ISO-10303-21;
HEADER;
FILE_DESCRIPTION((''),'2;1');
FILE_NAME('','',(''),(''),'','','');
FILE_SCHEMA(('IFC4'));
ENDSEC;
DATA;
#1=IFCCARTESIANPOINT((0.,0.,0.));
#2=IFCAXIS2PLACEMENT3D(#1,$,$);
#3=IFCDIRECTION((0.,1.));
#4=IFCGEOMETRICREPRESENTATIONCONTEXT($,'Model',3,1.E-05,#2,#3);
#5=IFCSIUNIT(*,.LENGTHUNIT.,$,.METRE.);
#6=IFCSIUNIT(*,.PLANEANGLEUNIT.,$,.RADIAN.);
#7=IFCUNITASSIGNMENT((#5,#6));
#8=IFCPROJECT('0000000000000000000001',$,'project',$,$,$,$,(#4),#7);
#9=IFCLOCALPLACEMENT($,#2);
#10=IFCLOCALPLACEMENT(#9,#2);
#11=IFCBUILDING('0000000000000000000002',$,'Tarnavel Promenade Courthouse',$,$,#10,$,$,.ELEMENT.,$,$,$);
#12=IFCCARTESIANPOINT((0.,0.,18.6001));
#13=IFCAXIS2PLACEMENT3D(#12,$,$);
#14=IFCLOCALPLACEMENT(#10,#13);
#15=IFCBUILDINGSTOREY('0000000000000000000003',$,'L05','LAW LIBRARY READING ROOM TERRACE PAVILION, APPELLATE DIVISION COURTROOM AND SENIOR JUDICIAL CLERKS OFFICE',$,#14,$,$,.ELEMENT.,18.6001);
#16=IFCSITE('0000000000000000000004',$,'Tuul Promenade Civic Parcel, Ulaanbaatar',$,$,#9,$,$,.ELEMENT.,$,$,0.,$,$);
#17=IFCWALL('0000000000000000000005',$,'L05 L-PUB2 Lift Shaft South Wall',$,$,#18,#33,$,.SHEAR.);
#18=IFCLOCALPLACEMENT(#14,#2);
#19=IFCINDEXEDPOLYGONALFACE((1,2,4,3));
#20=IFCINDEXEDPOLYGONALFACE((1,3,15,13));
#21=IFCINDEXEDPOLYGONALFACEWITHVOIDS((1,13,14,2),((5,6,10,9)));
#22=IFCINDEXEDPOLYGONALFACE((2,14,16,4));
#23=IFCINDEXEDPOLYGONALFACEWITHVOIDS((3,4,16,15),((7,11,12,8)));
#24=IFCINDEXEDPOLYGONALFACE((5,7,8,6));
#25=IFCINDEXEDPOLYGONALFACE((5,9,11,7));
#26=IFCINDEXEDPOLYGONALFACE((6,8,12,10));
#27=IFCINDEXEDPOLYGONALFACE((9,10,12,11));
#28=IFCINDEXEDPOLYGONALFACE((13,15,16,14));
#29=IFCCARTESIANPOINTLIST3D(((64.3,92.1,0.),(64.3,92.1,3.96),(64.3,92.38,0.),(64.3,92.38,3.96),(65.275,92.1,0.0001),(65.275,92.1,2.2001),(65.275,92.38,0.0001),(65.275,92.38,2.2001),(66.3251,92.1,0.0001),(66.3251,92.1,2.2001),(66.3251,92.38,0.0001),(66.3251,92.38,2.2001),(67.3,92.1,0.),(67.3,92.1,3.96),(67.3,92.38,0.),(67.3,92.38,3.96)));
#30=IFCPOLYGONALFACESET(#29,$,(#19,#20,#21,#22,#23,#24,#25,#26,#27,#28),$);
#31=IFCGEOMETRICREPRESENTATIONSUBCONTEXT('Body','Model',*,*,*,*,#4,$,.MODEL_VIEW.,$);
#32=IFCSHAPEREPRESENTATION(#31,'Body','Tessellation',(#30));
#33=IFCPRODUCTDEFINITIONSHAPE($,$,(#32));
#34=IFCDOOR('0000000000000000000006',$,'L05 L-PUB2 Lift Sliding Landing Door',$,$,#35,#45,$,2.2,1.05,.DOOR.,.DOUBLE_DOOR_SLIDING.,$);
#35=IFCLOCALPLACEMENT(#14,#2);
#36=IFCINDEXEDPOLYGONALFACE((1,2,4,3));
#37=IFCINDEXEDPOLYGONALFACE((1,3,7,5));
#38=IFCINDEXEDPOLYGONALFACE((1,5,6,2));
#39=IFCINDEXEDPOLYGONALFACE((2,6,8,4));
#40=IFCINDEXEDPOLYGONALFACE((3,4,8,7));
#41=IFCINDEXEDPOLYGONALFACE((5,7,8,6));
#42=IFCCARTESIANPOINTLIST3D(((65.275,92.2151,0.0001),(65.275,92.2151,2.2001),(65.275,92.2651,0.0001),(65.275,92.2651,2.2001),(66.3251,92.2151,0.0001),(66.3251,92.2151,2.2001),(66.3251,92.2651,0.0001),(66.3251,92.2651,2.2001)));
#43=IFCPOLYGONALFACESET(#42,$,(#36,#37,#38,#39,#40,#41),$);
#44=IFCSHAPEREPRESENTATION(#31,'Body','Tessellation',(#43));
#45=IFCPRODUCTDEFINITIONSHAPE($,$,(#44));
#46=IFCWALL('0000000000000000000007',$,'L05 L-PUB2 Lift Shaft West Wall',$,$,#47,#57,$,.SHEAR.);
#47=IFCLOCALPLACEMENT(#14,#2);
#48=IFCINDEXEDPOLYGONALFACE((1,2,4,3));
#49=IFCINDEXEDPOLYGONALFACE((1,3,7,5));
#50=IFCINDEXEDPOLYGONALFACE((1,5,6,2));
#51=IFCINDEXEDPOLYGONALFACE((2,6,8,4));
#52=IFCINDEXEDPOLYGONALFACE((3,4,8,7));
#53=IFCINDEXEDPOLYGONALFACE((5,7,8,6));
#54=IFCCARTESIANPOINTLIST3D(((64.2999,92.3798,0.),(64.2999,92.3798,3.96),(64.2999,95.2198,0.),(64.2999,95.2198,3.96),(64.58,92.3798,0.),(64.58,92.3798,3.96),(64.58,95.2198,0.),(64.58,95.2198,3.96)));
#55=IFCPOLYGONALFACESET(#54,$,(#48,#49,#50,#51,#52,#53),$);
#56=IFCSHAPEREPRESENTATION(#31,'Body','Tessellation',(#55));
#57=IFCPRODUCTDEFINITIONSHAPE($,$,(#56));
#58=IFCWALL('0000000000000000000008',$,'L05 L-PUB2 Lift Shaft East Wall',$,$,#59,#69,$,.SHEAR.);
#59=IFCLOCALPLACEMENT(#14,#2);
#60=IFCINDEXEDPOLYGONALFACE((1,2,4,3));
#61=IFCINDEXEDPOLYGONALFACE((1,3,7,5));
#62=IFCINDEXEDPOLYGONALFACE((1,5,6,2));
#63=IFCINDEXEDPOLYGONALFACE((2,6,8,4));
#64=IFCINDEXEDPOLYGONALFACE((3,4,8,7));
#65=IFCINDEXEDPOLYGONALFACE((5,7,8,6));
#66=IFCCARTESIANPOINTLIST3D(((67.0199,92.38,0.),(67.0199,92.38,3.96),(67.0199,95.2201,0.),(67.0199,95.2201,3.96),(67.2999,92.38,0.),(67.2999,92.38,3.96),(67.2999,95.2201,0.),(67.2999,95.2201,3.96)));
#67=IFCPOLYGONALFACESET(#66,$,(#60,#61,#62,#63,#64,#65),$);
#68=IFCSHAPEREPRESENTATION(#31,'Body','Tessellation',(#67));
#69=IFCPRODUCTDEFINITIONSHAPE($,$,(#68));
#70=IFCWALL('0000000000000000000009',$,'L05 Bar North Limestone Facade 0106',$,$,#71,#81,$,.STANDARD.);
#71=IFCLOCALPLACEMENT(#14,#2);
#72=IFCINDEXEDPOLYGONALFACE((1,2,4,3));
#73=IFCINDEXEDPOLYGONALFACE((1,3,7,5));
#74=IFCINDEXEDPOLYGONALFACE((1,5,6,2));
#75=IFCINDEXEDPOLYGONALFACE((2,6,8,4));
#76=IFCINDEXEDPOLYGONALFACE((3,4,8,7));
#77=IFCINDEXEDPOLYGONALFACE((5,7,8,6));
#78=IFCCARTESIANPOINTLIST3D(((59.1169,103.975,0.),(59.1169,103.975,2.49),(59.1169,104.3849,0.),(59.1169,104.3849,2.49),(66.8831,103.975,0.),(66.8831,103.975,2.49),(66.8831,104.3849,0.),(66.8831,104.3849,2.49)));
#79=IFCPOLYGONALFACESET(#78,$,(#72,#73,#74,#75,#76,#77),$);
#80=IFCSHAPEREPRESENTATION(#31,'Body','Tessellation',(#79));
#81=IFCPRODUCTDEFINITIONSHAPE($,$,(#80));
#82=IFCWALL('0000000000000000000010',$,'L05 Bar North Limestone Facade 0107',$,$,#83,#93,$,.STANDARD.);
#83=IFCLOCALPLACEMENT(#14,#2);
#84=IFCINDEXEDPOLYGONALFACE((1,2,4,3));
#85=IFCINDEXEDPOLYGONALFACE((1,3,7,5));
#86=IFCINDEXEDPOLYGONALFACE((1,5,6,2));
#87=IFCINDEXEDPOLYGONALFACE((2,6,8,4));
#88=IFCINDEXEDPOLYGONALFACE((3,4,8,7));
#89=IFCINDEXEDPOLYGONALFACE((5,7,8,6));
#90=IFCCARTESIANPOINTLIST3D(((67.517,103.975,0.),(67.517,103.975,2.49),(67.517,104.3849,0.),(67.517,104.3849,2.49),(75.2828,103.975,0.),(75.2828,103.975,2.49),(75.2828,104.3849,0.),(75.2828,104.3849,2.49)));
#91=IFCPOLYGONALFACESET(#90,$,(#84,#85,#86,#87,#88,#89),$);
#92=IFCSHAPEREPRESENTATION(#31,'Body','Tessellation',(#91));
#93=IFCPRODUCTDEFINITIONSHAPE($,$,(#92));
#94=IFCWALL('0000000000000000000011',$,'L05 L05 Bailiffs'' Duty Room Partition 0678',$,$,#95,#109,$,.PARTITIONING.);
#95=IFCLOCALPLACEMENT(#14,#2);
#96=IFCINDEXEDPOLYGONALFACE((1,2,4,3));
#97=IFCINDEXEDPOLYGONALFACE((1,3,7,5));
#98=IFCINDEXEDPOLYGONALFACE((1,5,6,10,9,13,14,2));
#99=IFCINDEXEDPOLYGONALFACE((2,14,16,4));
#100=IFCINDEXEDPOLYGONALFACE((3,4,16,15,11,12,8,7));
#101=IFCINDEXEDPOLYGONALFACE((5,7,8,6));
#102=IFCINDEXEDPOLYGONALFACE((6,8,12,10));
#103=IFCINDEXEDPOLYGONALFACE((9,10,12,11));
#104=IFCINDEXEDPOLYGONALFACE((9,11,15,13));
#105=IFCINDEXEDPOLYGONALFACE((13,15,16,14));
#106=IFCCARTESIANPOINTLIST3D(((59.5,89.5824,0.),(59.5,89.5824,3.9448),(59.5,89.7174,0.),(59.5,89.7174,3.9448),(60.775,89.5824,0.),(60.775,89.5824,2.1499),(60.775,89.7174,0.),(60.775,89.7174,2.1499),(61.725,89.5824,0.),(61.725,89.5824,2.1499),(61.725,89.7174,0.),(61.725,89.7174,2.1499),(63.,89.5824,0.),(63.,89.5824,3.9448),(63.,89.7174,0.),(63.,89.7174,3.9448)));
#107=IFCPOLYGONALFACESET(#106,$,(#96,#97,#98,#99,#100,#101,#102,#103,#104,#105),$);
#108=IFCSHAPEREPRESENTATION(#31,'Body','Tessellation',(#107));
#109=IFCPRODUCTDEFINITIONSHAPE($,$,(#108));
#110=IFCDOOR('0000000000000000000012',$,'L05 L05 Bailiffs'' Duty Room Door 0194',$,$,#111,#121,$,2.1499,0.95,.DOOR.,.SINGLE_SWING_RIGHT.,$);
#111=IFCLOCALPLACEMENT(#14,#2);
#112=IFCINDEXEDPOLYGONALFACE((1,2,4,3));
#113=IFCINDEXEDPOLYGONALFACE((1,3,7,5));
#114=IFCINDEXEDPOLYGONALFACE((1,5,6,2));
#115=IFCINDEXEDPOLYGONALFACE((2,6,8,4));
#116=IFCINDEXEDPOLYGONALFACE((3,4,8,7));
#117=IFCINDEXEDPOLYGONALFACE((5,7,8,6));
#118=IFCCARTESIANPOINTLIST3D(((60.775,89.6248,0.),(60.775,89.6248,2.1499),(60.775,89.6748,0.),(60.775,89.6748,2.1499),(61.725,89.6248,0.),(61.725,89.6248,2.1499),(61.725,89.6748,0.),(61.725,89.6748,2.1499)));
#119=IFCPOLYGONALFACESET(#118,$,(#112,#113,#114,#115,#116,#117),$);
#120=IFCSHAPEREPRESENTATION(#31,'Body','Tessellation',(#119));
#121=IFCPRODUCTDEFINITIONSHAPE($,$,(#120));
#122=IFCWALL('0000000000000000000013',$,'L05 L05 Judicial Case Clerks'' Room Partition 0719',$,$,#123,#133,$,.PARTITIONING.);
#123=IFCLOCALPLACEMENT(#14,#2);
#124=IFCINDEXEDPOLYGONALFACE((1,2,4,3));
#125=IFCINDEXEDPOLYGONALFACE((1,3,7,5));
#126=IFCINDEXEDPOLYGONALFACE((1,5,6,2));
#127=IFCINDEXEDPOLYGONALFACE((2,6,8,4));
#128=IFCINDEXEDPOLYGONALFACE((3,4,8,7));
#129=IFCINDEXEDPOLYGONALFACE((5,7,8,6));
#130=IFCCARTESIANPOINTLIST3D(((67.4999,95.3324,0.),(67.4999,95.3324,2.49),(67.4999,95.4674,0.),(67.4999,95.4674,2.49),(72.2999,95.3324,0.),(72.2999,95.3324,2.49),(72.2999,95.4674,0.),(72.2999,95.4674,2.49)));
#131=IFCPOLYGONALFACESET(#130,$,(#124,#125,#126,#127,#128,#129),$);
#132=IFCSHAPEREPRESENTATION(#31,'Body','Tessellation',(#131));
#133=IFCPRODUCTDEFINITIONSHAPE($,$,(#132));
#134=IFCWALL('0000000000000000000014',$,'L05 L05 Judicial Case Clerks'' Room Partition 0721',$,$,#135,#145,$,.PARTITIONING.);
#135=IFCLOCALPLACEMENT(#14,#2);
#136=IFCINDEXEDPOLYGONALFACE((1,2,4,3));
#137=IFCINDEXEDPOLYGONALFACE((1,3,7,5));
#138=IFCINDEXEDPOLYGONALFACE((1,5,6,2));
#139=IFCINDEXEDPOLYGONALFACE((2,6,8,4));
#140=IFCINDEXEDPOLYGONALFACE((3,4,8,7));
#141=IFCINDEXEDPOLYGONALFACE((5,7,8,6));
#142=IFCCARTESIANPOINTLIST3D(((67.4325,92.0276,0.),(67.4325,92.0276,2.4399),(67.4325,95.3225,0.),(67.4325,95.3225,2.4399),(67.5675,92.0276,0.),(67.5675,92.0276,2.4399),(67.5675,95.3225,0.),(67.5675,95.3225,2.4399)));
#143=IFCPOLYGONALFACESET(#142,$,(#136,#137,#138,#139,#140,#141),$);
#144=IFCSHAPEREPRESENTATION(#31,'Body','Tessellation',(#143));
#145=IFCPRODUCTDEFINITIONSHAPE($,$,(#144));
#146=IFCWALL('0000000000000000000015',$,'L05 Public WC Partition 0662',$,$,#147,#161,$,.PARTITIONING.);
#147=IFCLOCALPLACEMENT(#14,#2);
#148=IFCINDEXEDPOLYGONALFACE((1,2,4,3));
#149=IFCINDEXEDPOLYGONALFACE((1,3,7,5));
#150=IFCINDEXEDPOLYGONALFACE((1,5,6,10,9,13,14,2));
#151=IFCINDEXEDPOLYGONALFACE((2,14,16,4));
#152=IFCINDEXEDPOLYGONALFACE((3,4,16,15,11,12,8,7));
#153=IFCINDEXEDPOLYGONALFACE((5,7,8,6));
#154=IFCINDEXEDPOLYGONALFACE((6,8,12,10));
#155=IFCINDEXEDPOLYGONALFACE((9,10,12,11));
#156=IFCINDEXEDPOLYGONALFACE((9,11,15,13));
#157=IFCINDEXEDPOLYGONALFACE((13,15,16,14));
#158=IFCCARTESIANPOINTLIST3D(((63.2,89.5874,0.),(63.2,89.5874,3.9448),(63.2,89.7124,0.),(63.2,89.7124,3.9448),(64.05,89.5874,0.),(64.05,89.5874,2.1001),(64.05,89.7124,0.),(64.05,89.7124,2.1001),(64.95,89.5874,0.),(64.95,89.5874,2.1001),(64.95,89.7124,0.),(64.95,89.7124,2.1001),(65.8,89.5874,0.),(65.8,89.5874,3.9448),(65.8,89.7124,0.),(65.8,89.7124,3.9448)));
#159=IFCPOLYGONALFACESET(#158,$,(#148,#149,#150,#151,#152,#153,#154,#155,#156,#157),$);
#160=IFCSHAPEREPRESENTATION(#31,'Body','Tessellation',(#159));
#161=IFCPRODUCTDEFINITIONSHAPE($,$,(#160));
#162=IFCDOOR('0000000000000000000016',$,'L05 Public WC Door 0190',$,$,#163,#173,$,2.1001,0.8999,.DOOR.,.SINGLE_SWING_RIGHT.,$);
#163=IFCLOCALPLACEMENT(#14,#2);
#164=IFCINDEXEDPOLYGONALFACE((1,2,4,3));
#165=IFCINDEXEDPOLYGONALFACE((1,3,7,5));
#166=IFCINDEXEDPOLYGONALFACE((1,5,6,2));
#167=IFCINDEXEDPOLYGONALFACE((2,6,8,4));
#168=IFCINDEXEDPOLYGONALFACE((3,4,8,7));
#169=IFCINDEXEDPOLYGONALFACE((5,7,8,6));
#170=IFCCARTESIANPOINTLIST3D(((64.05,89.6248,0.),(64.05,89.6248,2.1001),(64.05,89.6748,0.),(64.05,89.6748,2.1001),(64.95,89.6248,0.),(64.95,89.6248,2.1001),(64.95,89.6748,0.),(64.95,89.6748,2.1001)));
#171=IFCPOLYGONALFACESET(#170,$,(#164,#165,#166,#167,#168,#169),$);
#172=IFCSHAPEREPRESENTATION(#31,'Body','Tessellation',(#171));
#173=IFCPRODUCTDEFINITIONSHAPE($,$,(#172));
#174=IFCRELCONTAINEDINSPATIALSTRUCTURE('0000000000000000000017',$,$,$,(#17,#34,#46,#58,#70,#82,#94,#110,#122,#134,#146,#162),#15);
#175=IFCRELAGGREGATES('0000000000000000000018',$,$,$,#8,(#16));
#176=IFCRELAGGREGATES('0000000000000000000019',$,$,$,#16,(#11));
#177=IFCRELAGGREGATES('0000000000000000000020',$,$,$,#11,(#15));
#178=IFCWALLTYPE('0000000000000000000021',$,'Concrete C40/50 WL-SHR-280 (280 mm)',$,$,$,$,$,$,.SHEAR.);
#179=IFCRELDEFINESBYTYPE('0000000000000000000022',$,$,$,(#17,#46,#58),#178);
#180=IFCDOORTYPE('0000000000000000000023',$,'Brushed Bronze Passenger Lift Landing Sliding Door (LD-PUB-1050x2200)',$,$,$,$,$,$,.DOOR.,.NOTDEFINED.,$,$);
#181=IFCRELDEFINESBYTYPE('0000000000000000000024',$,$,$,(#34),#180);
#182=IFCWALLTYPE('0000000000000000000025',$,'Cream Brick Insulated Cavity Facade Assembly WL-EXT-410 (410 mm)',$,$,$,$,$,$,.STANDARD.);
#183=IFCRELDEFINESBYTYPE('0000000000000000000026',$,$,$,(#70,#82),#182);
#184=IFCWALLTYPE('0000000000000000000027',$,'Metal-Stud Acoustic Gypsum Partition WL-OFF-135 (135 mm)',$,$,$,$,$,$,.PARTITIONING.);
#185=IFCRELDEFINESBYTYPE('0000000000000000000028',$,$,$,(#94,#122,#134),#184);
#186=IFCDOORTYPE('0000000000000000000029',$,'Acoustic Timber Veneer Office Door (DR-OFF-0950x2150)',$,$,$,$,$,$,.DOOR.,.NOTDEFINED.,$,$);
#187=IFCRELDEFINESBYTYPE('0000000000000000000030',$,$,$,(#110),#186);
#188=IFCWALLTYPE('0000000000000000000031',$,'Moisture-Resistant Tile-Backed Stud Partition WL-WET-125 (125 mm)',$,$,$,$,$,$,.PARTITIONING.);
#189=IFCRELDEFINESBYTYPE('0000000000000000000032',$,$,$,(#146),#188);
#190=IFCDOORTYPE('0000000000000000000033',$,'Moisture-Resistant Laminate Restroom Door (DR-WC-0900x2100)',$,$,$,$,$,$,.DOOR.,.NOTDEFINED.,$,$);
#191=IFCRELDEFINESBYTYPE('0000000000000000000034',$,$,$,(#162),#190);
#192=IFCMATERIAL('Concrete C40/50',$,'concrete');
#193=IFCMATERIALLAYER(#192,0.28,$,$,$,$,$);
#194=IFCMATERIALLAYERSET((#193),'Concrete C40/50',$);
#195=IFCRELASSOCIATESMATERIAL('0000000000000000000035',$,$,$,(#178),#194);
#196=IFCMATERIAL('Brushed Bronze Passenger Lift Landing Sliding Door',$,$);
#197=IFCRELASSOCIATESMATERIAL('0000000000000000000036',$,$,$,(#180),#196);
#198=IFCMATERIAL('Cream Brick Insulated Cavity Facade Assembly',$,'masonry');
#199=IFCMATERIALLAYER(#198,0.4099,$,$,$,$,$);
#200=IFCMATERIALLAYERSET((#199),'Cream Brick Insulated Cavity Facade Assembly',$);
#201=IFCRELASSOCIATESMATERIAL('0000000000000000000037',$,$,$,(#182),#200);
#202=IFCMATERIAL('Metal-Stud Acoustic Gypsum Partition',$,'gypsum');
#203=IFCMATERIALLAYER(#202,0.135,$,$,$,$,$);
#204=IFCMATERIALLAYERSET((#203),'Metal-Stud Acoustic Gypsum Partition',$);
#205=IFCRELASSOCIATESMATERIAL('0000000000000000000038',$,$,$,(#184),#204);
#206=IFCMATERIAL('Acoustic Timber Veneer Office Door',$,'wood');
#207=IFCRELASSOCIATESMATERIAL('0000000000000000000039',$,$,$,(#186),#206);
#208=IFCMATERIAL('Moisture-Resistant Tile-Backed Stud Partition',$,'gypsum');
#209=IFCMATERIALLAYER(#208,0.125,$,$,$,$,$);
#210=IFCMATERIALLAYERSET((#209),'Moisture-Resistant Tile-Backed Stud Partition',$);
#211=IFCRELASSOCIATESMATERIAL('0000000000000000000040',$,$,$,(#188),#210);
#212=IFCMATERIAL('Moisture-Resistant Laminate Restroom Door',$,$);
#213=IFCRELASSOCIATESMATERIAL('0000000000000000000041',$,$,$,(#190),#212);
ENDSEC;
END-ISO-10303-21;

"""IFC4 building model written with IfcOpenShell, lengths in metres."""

from ifc_helpers import new_model, si_unit, direction, frame, frame_2d, origin, place, context, subcontext, project, spatial, rectangle, extrude, material, layer, layer_set, type_object, element, fill, save


model = new_model("IFC4")

# Units and contexts
model_context = context("Model", 3, precision=1e-05, world=origin(), true_north=direction((0.0, 1.0)))
body_context = subcontext(model_context, "Body", "Model", "MODEL_VIEW")
ifc_project = project(units=[si_unit("LENGTHUNIT", "METRE"), si_unit("PLANEANGLEUNIT", "RADIAN")], contexts=[model_context])

# Site, building, storey
site_placement = place(None, origin())
site = spatial("IfcSite", under=ifc_project, at=site_placement, Name="Tuul Promenade Civic Parcel, Ulaanbaatar", CompositionType="ELEMENT", RefElevation=0.0)
building_placement = place(site_placement, origin())
building = spatial("IfcBuilding", under=site, at=building_placement, Name="Tarnavel Promenade Courthouse", CompositionType="ELEMENT")
storey_placement = place(building_placement, frame((0.0, 0.0, 18.6001)))
storey = spatial("IfcBuildingStorey", under=building, at=storey_placement, Name="L05", Description="LAW LIBRARY READING ROOM TERRACE PAVILION, APPELLATE DIVISION COURTROOM AND SENIOR JUDICIAL CLERKS OFFICE", CompositionType="ELEMENT", Elevation=18.6001)

# Shared definitions
ifc_material_1 = material(Name="Concrete C40/50", Category="concrete")

# Shared definitions
ifc_layer_1 = layer(ifc_material_1, 0.28)
ifc_layer_set_1 = layer_set([ifc_layer_1], Name="Concrete C40/50")
wall_type_1 = type_object("IfcWallType", Name="Concrete C40/50 WL-SHR-280 (280 mm)", PredefinedType="SHEAR", material=ifc_layer_set_1)

# Shared definitions
ifc_material_2 = material(Name="Brushed Bronze Passenger Lift Landing Sliding Door")
door_type_1 = type_object("IfcDoorType", Name="Brushed Bronze Passenger Lift Landing Sliding Door (LD-PUB-1050x2200)", OperationType="NOTDEFINED", PredefinedType="DOOR", material=ifc_material_2)

# Wall, opening, door
wall_1_placement = place(storey_placement, frame((67.3, 92.24, 0.0), z_axis=(0.0, 0.0, 1.0), x_axis=(-1.0, 0.0, 0.0)))
wall_1 = element("IfcWall", 1, at=wall_1_placement, inside=storey, type_object=wall_type_1, Name="L05 L-PUB2 Lift Shaft South Wall", PredefinedType="SHEAR", context=body_context, shape_type="SweptSolid", body=[
    extrude(rectangle(XDim=3.0, YDim=0.28, at=frame_2d((1.5, 0.0))), origin(), (0.0, 0.0, 1.0), 3.96),
])
opening_1_placement = place(wall_1_placement, frame((0.9751, 0.0, 0.0)))
opening_1 = element("IfcOpeningElement", 2, at=opening_1_placement, cuts=wall_1, PredefinedType="OPENING", context=body_context, shape_type="SweptSolid", body=[
    extrude(rectangle(XDim=1.05, YDim=2.2, at=frame_2d((0.5249, 1.1001))), frame((0.0, 0.1499, 0.0), z_axis=(0.0, -1.0, 0.0), x_axis=(1.0, 0.0, 0.0)), (0.0, 0.0, 1.0), 0.3),
])
door_1_placement = place(opening_1_placement, origin())
door_1 = element("IfcDoor", 3, at=door_1_placement, inside=storey, type_object=door_type_1, Name="L05 L-PUB2 Lift Sliding Landing Door", OperationType="DOUBLE_DOOR_SLIDING", OverallHeight=2.2, OverallWidth=1.05, PredefinedType="DOOR", context=body_context, shape_type="SweptSolid", body=[
    extrude(rectangle(XDim=1.05, YDim=2.2, at=frame_2d((0.5249, 1.1001))), frame((0.0, 0.0249, 0.0), z_axis=(0.0, -1.0, 0.0), x_axis=(1.0, 0.0, 0.0)), (0.0, 0.0, 1.0), 0.05),
])
fill(opening_1, door_1)

# Walls
for number, where, z_axis, x_axis, name in (
    (4, (64.4399, 92.3799, 0.0), (0.0, 0.0, 1.0), (0.0, 1.0, 0.0), "L05 L-PUB2 Lift Shaft West Wall"),
    (5, (67.1599, 95.22, 0.0), (0.0, 0.0, 1.0), (0.0, -1.0, 0.0), "L05 L-PUB2 Lift Shaft East Wall"),
):
    element("IfcWall", number, at=place(storey_placement, frame(where, z_axis=z_axis, x_axis=x_axis)), inside=storey, type_object=wall_type_1, Name=name, PredefinedType="SHEAR", context=body_context, shape_type="SweptSolid", body=[
        extrude(rectangle(XDim=2.8401, YDim=0.28, at=frame_2d((1.4199, 0.0))), origin(), (0.0, 0.0, 1.0), 3.96),
    ])
ifc_material_3 = material(Name="Cream Brick Insulated Cavity Facade Assembly", Category="masonry")
ifc_layer_2 = layer(ifc_material_3, 0.4099)
ifc_layer_set_2 = layer_set([ifc_layer_2], Name="Cream Brick Insulated Cavity Facade Assembly")
wall_type_2 = type_object("IfcWallType", Name="Cream Brick Insulated Cavity Facade Assembly WL-EXT-410 (410 mm)", PredefinedType="STANDARD", material=ifc_layer_set_2)
wall_2_placement = place(storey_placement, frame((59.1169, 104.1799, 0.0), z_axis=(0.0, 0.0, 1.0), x_axis=(1.0, 0.0, 0.0)))
element("IfcWall", 6, at=wall_2_placement, inside=storey, type_object=wall_type_2, Name="L05 Bar North Limestone Facade 0106", PredefinedType="STANDARD", context=body_context, shape_type="SweptSolid", body=[
    extrude(rectangle(XDim=7.7661, YDim=0.4099, at=frame_2d((3.8831, 0.0))), origin(), (0.0, 0.0, 1.0), 2.49),
])
wall_3_placement = place(storey_placement, frame((67.5171, 104.1799, 0.0), z_axis=(0.0, 0.0, 1.0), x_axis=(1.0, 0.0, 0.0)))
element("IfcWall", 7, at=wall_3_placement, inside=storey, type_object=wall_type_2, Name="L05 Bar North Limestone Facade 0107", PredefinedType="STANDARD", context=body_context, shape_type="SweptSolid", body=[
    extrude(rectangle(XDim=7.7659, YDim=0.4099, at=frame_2d((3.8828, 0.0))), origin(), (0.0, 0.0, 1.0), 2.49),
])

# Wall, opening, door
ifc_material_4 = material(Name="Metal-Stud Acoustic Gypsum Partition", Category="gypsum")
ifc_layer_3 = layer(ifc_material_4, 0.135)
ifc_layer_set_3 = layer_set([ifc_layer_3], Name="Metal-Stud Acoustic Gypsum Partition")
wall_type_3 = type_object("IfcWallType", Name="Metal-Stud Acoustic Gypsum Partition WL-OFF-135 (135 mm)", PredefinedType="PARTITIONING", material=ifc_layer_set_3)
wall_4_placement = place(storey_placement, frame((59.5, 89.6499, 0.0), z_axis=(0.0, 0.0, 1.0), x_axis=(1.0, 0.0, 0.0)))
wall_4 = element("IfcWall", 8, at=wall_4_placement, inside=storey, type_object=wall_type_3, Name="L05 L05 Bailiffs' Duty Room Partition 0678", PredefinedType="PARTITIONING", context=body_context, shape_type="SweptSolid", body=[
    extrude(rectangle(XDim=3.5, YDim=0.135, at=frame_2d((1.75, 0.0))), origin(), (0.0, 0.0, 1.0), 3.9448),
])
opening_2_placement = place(wall_4_placement, frame((1.2749, 0.0, 0.0)))
opening_2 = element("IfcOpeningElement", 9, at=opening_2_placement, cuts=wall_4, PredefinedType="OPENING", context=body_context, shape_type="SweptSolid", body=[
    extrude(rectangle(XDim=0.95, YDim=2.1499, at=frame_2d((0.4751, 1.075))), frame((0.0, 0.0774, 0.0), z_axis=(0.0, -1.0, 0.0), x_axis=(1.0, 0.0, 0.0)), (0.0, 0.0, 1.0), 0.155),
])
ifc_material_5 = material(Name="Acoustic Timber Veneer Office Door", Category="wood")
door_type_2 = type_object("IfcDoorType", Name="Acoustic Timber Veneer Office Door (DR-OFF-0950x2150)", OperationType="NOTDEFINED", PredefinedType="DOOR", material=ifc_material_5)
door_2_placement = place(opening_2_placement, origin())
door_2 = element("IfcDoor", 10, at=door_2_placement, inside=storey, type_object=door_type_2, Name="L05 L05 Bailiffs' Duty Room Door 0194", OperationType="SINGLE_SWING_RIGHT", OverallHeight=2.1499, OverallWidth=0.95, PredefinedType="DOOR", context=body_context, shape_type="SweptSolid", body=[
    extrude(rectangle(XDim=0.95, YDim=2.1499, at=frame_2d((0.4751, 1.075))), frame((0.0, 0.0249, 0.0), z_axis=(0.0, -1.0, 0.0), x_axis=(1.0, 0.0, 0.0)), (0.0, 0.0, 1.0), 0.05),
])
fill(opening_2, door_2)

# Walls
wall_5_placement = place(storey_placement, frame((67.5, 95.3999, 0.0), z_axis=(0.0, 0.0, 1.0), x_axis=(1.0, 0.0, 0.0)))
element("IfcWall", 11, at=wall_5_placement, inside=storey, type_object=wall_type_3, Name="L05 L05 Judicial Case Clerks' Room Partition 0719", PredefinedType="PARTITIONING", context=body_context, shape_type="SweptSolid", body=[
    extrude(rectangle(XDim=4.8, YDim=0.135, at=frame_2d((2.3999, 0.0))), origin(), (0.0, 0.0, 1.0), 2.49),
])
wall_6_placement = place(storey_placement, frame((67.5, 92.0276, 0.0), z_axis=(0.0, 0.0, 1.0), x_axis=(0.0, 1.0, 0.0)))
element("IfcWall", 12, at=wall_6_placement, inside=storey, type_object=wall_type_3, Name="L05 L05 Judicial Case Clerks' Room Partition 0721", PredefinedType="PARTITIONING", context=body_context, shape_type="SweptSolid", body=[
    extrude(rectangle(XDim=3.2949, YDim=0.135, at=frame_2d((1.6475, 0.0))), origin(), (0.0, 0.0, 1.0), 2.4399),
])

# Wall, opening, door
ifc_material_6 = material(Name="Moisture-Resistant Tile-Backed Stud Partition", Category="gypsum")
ifc_layer_4 = layer(ifc_material_6, 0.125)
ifc_layer_set_4 = layer_set([ifc_layer_4], Name="Moisture-Resistant Tile-Backed Stud Partition")
wall_type_4 = type_object("IfcWallType", Name="Moisture-Resistant Tile-Backed Stud Partition WL-WET-125 (125 mm)", PredefinedType="PARTITIONING", material=ifc_layer_set_4)
wall_7_placement = place(storey_placement, frame((63.2, 89.6499, 0.0), z_axis=(0.0, 0.0, 1.0), x_axis=(1.0, 0.0, 0.0)))
wall_7 = element("IfcWall", 13, at=wall_7_placement, inside=storey, type_object=wall_type_4, Name="L05 Public WC Partition 0662", PredefinedType="PARTITIONING", context=body_context, shape_type="SweptSolid", body=[
    extrude(rectangle(XDim=2.6001, YDim=0.125, at=frame_2d((1.3, 0.0))), origin(), (0.0, 0.0, 1.0), 3.9448),
])
opening_3_placement = place(wall_7_placement, frame((0.8501, 0.0, 0.0)))
opening_3 = element("IfcOpeningElement", 14, at=opening_3_placement, cuts=wall_7, PredefinedType="OPENING", context=body_context, shape_type="SweptSolid", body=[
    extrude(rectangle(XDim=0.8999, YDim=2.1001, at=frame_2d((0.45, 1.05))), frame((0.0, 0.0725, 0.0), z_axis=(0.0, -1.0, 0.0), x_axis=(1.0, 0.0, 0.0)), (0.0, 0.0, 1.0), 0.145),
])
ifc_material_7 = material(Name="Moisture-Resistant Laminate Restroom Door")
door_type_3 = type_object("IfcDoorType", Name="Moisture-Resistant Laminate Restroom Door (DR-WC-0900x2100)", OperationType="NOTDEFINED", PredefinedType="DOOR", material=ifc_material_7)
door_3_placement = place(opening_3_placement, origin())
door_3 = element("IfcDoor", 15, at=door_3_placement, inside=storey, type_object=door_type_3, Name="L05 Public WC Door 0190", OperationType="SINGLE_SWING_RIGHT", OverallHeight=2.1001, OverallWidth=0.8999, PredefinedType="DOOR", context=body_context, shape_type="SweptSolid", body=[
    extrude(rectangle(XDim=0.8999, YDim=2.1001, at=frame_2d((0.45, 1.05))), frame((0.0, 0.0249, 0.0), z_axis=(0.0, -1.0, 0.0), x_axis=(1.0, 0.0, 0.0)), (0.0, 0.0, 1.0), 0.05),
])
fill(opening_3, door_3)

save(model, "model.ifc")
